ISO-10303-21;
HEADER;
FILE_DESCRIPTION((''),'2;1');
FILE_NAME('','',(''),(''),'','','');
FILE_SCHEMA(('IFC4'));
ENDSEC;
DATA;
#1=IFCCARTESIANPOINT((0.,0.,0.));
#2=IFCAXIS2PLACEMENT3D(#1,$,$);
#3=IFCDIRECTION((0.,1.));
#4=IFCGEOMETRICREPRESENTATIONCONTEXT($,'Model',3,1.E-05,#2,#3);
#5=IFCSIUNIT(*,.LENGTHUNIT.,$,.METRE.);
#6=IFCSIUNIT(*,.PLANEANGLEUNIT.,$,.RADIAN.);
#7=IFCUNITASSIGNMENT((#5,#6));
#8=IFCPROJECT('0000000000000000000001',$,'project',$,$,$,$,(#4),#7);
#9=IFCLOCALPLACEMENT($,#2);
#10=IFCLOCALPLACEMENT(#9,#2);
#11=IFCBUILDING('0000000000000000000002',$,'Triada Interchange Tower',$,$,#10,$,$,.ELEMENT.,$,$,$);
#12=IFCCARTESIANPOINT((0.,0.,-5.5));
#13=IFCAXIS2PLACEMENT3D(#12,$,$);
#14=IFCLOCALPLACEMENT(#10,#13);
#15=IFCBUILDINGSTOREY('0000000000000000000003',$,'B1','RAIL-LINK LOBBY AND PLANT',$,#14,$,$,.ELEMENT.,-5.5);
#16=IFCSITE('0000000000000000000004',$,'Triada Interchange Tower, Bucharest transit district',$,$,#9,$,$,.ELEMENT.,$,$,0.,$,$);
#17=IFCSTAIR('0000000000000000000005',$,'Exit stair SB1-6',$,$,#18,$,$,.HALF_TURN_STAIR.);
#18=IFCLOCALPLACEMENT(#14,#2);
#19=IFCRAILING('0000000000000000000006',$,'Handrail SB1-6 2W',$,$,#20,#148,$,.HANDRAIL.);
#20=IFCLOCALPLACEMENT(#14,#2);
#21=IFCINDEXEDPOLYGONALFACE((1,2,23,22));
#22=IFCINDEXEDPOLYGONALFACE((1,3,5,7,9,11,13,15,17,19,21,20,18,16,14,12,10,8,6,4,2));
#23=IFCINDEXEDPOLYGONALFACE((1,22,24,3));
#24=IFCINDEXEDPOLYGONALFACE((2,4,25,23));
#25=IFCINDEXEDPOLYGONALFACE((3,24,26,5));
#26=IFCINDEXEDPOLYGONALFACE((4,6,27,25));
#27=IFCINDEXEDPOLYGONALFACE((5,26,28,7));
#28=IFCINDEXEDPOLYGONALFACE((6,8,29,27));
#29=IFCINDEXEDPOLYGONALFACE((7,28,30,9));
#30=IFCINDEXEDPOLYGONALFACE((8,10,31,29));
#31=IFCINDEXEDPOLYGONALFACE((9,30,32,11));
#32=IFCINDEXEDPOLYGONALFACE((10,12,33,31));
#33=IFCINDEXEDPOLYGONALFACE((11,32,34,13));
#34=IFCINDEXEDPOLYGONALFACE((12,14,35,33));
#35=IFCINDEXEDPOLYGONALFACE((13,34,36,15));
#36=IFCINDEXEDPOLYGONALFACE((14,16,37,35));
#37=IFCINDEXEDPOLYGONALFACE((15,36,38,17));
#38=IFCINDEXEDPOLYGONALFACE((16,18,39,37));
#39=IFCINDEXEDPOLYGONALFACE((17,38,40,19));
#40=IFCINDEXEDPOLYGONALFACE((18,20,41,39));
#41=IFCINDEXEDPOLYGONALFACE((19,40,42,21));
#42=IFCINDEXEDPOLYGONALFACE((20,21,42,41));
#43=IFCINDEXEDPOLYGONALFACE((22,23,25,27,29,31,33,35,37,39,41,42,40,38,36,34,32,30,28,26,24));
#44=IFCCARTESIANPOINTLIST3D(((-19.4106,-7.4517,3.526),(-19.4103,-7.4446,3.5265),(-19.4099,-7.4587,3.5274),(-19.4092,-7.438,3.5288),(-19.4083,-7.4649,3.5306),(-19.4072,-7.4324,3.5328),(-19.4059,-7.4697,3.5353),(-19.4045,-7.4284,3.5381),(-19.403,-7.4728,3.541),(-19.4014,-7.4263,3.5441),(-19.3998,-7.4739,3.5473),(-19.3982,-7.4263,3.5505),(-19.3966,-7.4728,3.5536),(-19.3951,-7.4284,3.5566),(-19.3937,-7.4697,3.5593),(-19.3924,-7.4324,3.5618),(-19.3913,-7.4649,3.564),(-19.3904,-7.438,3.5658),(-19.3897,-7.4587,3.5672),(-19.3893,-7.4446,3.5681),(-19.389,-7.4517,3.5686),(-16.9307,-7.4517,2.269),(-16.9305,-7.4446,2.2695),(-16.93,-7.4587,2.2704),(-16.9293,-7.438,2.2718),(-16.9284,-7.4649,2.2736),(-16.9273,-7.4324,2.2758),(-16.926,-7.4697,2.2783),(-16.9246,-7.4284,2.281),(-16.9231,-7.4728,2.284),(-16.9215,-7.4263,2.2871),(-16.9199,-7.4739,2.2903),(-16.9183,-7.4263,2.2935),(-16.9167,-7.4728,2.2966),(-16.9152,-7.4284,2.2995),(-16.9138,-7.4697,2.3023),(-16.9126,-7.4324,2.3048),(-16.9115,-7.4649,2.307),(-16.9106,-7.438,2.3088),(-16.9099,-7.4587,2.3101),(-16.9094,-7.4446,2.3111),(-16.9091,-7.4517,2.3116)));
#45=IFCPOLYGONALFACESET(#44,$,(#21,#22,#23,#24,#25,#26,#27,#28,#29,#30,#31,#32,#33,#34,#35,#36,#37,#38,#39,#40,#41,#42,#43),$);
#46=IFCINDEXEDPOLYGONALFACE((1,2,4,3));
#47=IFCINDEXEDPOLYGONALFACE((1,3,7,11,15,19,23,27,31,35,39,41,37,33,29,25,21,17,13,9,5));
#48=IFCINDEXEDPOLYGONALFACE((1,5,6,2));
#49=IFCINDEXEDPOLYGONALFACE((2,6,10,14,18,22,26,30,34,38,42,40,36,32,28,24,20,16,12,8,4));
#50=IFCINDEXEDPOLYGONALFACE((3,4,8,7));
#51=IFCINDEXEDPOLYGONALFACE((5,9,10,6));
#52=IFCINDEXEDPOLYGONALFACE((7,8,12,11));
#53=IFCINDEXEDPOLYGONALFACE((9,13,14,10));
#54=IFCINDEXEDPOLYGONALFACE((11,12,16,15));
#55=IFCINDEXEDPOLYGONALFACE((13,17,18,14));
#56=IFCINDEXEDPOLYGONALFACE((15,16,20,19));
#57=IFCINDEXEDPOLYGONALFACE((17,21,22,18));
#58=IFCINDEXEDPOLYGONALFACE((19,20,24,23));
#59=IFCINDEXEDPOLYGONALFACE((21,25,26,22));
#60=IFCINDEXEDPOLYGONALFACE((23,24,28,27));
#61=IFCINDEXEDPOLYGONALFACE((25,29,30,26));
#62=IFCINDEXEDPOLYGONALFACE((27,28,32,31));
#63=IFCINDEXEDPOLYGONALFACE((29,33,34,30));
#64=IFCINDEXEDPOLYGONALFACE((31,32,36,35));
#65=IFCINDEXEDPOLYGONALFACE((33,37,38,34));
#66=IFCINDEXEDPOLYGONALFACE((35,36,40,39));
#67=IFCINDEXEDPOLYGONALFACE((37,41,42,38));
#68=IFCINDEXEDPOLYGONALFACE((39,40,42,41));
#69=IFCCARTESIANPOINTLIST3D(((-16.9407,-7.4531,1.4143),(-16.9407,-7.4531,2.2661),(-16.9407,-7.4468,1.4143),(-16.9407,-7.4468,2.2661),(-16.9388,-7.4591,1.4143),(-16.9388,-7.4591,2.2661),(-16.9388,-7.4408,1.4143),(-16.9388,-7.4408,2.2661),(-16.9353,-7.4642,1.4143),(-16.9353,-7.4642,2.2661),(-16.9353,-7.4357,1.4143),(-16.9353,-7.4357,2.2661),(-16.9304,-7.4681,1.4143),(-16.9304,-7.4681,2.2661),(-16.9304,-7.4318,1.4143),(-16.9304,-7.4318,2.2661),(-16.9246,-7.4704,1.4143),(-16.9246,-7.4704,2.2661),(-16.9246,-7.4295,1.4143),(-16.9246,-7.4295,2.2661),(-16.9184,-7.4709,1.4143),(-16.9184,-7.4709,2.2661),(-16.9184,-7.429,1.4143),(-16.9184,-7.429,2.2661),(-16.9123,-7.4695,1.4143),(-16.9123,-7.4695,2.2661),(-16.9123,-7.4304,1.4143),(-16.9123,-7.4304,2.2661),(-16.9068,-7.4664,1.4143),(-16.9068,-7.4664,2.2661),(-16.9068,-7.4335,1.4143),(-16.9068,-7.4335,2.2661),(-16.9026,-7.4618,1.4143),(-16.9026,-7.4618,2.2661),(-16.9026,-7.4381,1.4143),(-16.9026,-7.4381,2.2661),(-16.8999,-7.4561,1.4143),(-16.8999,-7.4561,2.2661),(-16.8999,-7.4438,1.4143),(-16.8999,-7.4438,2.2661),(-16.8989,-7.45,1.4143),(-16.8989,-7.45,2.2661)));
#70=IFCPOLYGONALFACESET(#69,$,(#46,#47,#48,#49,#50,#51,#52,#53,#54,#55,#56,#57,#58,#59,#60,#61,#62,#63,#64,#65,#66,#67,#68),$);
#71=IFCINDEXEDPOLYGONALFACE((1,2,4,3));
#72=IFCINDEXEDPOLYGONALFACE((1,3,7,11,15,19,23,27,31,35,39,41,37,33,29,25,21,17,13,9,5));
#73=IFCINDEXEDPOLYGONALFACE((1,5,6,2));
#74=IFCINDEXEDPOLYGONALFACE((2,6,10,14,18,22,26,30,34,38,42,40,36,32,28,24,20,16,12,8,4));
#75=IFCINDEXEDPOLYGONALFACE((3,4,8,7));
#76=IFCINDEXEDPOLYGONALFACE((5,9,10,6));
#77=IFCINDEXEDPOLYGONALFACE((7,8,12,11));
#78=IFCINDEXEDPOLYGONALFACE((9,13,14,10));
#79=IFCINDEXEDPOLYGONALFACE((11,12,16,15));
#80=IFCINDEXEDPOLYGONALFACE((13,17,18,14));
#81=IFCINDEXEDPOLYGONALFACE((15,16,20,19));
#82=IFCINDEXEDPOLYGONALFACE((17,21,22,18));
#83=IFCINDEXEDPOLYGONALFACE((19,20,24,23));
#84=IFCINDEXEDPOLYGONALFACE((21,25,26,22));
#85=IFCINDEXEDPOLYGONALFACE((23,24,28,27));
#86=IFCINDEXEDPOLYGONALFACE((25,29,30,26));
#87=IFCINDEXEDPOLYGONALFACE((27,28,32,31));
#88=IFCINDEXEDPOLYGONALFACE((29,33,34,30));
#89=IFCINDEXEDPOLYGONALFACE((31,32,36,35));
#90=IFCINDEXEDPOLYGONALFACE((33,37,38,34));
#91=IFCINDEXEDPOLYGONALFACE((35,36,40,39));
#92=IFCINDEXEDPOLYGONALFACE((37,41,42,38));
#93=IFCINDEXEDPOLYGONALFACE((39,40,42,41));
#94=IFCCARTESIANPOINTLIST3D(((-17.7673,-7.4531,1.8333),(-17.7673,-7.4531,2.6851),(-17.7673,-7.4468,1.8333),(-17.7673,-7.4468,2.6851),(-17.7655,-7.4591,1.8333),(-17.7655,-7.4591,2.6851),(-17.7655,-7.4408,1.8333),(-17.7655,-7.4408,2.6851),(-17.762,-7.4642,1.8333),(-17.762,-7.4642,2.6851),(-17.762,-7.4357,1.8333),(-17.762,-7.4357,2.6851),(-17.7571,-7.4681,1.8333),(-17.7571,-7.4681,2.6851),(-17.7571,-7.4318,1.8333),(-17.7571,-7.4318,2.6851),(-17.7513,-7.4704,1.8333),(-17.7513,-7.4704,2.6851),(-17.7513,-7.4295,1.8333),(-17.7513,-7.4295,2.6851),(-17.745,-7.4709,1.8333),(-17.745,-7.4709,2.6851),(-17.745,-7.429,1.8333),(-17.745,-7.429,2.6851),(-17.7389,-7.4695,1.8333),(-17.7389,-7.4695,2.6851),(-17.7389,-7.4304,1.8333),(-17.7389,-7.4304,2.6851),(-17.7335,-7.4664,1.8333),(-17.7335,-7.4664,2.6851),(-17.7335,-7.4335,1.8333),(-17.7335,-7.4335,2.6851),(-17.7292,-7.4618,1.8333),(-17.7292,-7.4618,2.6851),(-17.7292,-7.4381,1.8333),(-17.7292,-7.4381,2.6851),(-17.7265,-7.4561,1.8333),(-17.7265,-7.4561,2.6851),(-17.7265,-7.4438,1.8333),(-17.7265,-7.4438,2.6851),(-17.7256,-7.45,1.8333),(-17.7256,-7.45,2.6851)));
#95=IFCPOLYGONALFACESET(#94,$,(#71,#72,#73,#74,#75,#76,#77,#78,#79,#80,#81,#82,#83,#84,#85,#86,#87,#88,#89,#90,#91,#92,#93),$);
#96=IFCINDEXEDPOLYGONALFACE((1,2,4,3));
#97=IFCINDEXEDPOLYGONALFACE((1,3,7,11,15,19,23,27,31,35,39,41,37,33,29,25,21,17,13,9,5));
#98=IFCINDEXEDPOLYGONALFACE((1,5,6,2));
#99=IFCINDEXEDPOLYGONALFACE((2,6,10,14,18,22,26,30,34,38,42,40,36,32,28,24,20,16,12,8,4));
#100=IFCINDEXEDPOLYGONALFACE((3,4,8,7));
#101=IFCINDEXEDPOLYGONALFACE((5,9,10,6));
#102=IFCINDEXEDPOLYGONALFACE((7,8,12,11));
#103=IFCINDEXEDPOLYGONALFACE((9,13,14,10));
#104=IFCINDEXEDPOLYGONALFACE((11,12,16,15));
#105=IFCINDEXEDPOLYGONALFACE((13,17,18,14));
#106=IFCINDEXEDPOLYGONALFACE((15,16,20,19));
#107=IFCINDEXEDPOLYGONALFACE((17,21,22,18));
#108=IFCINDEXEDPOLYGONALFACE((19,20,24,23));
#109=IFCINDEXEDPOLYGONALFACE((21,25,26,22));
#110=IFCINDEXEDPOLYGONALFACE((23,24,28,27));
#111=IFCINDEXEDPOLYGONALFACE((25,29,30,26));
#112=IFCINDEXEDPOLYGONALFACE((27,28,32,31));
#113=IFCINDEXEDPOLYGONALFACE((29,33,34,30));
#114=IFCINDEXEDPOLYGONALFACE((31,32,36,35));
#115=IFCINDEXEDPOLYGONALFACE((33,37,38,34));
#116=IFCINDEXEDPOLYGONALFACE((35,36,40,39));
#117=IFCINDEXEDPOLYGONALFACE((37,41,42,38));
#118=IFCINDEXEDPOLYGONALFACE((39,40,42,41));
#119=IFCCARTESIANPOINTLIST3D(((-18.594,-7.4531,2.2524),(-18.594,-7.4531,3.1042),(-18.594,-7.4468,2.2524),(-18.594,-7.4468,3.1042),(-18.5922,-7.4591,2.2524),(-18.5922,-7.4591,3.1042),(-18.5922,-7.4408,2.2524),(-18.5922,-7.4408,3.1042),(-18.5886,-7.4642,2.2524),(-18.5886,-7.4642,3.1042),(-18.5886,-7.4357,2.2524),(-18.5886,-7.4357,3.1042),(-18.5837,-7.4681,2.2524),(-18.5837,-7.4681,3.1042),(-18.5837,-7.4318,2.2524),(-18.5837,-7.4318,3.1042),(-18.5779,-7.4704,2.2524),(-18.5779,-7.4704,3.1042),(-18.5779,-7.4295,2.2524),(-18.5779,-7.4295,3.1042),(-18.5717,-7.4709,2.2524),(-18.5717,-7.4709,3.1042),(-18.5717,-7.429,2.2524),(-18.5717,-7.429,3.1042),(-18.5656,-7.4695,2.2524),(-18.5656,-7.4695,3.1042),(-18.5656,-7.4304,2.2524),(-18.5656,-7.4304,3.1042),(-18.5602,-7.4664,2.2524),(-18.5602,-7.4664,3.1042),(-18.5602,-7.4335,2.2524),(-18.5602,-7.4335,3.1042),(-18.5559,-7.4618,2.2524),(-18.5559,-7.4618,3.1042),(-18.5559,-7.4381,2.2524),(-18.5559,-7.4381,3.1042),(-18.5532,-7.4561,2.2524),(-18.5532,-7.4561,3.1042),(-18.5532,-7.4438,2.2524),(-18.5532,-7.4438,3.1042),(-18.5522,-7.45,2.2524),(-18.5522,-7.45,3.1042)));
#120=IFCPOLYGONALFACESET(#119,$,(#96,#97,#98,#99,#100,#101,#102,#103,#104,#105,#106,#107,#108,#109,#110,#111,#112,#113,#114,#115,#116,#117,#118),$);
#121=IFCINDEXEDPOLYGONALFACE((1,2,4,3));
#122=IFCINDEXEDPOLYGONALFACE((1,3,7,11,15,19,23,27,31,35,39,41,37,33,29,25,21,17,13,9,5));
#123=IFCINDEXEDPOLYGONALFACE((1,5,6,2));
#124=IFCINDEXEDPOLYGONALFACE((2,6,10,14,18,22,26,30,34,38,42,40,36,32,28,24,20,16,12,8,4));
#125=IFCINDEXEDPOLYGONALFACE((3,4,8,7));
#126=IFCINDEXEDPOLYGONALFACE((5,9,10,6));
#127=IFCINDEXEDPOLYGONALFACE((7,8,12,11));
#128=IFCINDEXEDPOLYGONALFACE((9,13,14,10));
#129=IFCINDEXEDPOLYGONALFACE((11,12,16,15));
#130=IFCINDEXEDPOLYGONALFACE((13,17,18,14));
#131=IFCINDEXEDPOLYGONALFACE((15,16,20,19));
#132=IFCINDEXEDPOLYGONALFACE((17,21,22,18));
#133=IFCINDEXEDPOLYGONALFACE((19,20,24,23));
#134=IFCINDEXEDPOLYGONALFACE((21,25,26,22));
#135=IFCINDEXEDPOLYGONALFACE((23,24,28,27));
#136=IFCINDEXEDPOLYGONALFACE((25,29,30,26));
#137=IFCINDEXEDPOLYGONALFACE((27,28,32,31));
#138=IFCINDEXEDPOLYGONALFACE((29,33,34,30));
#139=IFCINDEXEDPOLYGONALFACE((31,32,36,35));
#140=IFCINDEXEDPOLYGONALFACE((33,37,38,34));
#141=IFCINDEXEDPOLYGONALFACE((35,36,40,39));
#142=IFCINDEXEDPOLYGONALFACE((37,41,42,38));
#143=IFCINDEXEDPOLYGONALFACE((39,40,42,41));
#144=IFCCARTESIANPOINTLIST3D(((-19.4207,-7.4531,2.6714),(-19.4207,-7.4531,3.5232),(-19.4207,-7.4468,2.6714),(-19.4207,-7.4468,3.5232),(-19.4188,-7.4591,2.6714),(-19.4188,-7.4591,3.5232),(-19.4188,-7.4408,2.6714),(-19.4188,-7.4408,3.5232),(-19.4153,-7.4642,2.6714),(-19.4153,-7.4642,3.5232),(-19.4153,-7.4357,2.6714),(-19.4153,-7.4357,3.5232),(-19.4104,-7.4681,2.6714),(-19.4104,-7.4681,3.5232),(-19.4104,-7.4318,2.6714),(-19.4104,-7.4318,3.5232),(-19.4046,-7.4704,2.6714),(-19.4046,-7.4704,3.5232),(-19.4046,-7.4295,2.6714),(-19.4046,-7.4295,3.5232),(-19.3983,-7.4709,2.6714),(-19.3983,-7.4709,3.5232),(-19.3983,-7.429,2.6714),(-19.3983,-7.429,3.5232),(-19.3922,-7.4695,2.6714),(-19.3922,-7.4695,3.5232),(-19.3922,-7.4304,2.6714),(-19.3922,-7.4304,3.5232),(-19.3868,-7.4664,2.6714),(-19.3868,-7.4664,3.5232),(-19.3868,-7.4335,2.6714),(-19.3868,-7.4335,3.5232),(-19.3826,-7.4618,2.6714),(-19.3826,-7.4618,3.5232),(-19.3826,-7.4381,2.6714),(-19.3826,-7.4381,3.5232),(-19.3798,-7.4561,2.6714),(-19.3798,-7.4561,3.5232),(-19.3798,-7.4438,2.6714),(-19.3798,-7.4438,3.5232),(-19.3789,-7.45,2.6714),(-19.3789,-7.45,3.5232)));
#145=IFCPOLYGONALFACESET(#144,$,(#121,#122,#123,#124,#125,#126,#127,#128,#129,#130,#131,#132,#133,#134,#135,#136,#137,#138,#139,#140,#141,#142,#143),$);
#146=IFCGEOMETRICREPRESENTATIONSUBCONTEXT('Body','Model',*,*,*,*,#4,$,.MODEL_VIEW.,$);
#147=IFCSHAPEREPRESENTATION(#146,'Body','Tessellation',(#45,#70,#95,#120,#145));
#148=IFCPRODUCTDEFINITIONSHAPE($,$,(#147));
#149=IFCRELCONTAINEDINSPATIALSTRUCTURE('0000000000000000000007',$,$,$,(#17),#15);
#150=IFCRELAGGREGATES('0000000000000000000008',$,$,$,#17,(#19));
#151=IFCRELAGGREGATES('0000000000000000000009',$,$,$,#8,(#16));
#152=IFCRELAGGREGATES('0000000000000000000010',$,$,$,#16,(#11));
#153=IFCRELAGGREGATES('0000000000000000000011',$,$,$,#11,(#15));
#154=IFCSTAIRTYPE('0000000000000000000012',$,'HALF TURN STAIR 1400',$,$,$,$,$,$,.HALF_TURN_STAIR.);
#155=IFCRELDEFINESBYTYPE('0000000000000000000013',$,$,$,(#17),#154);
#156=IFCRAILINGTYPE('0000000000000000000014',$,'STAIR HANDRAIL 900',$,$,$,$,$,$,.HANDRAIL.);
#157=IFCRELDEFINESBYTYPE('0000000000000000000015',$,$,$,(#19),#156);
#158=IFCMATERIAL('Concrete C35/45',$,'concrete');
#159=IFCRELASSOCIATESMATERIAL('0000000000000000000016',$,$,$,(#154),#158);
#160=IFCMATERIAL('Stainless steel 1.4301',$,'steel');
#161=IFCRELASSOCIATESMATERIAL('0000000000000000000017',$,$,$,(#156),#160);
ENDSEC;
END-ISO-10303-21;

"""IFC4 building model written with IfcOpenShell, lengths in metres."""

from ifc_helpers import new_model, si_unit, direction, frame, origin, origin_2d, place, context, subcontext, project, spatial, circle, extrude, material, type_object, element, aggregate, save


model = new_model("IFC4")

# Units and contexts
model_context = context("Model", 3, precision=1e-05, world=origin(), true_north=direction((0.0, 1.0)))
body_context = subcontext(model_context, "Body", "Model", "MODEL_VIEW")
ifc_project = project(units=[si_unit("LENGTHUNIT", "METRE"), si_unit("PLANEANGLEUNIT", "RADIAN")], contexts=[model_context])

# Site, building, storey
site_placement = place(None, origin())
site = spatial("IfcSite", under=ifc_project, at=site_placement, Name="Triada Interchange Tower, Bucharest transit district", CompositionType="ELEMENT", RefElevation=0.0)
building_placement = place(site_placement, origin())
building = spatial("IfcBuilding", under=site, at=building_placement, Name="Triada Interchange Tower", CompositionType="ELEMENT")
storey_placement = place(building_placement, frame((0.0, 0.0, -5.5)))
storey = spatial("IfcBuildingStorey", under=building, at=storey_placement, Name="B1", Description="RAIL-LINK LOBBY AND PLANT", CompositionType="ELEMENT", Elevation=-5.5)

# Stair, railing
ifc_material_1 = material(Name="Concrete C35/45", Category="concrete")
stair_type = type_object("IfcStairType", Name="HALF TURN STAIR 1400", PredefinedType="HALF_TURN_STAIR", material=ifc_material_1)
stair_placement = place(storey_placement, origin())
stair = element("IfcStair", 1, at=stair_placement, inside=storey, type_object=stair_type, Name="Exit stair SB1-6", PredefinedType="HALF_TURN_STAIR")
ifc_material_2 = material(Name="Stainless steel 1.4301", Category="steel")
railing_type = type_object("IfcRailingType", Name="STAIR HANDRAIL 900", PredefinedType="HANDRAIL", material=ifc_material_2)
railing_1_placement = place(storey_placement, frame((-16.9199, -7.45, 1.4143)))
railing_1 = element("IfcRailing", 2, at=railing_1_placement, type_object=railing_type, Name="Handrail SB1-6 2W", PredefinedType="HANDRAIL", context=body_context, shape_type="SweptSolid", body=[
    extrude(circle(Radius=0.0239, at=origin_2d()), frame((0.0, 0.0, 0.876), z_axis=(-0.891955, 0.0, 0.452124), x_axis=(0.0, -1.0, 0.0)), (0.0, 0.0, 1.0), 2.7803),
    extrude(circle(Radius=0.021, at=origin_2d()), origin(), (0.0, 0.0, 1.0), 0.8518),
    extrude(circle(Radius=0.021, at=origin_2d()), frame((-0.8267, 0.0, 0.4189)), (0.0, 0.0, 1.0), 0.8518),
    extrude(circle(Radius=0.021, at=origin_2d()), frame((-1.6533, 0.0, 0.8381)), (0.0, 0.0, 1.0), 0.8518),
    extrude(circle(Radius=0.021, at=origin_2d()), frame((-2.48, 0.0, 1.2571)), (0.0, 0.0, 1.0), 0.8518),
])
aggregate(stair, [railing_1])

save(model, "model.ifc")
